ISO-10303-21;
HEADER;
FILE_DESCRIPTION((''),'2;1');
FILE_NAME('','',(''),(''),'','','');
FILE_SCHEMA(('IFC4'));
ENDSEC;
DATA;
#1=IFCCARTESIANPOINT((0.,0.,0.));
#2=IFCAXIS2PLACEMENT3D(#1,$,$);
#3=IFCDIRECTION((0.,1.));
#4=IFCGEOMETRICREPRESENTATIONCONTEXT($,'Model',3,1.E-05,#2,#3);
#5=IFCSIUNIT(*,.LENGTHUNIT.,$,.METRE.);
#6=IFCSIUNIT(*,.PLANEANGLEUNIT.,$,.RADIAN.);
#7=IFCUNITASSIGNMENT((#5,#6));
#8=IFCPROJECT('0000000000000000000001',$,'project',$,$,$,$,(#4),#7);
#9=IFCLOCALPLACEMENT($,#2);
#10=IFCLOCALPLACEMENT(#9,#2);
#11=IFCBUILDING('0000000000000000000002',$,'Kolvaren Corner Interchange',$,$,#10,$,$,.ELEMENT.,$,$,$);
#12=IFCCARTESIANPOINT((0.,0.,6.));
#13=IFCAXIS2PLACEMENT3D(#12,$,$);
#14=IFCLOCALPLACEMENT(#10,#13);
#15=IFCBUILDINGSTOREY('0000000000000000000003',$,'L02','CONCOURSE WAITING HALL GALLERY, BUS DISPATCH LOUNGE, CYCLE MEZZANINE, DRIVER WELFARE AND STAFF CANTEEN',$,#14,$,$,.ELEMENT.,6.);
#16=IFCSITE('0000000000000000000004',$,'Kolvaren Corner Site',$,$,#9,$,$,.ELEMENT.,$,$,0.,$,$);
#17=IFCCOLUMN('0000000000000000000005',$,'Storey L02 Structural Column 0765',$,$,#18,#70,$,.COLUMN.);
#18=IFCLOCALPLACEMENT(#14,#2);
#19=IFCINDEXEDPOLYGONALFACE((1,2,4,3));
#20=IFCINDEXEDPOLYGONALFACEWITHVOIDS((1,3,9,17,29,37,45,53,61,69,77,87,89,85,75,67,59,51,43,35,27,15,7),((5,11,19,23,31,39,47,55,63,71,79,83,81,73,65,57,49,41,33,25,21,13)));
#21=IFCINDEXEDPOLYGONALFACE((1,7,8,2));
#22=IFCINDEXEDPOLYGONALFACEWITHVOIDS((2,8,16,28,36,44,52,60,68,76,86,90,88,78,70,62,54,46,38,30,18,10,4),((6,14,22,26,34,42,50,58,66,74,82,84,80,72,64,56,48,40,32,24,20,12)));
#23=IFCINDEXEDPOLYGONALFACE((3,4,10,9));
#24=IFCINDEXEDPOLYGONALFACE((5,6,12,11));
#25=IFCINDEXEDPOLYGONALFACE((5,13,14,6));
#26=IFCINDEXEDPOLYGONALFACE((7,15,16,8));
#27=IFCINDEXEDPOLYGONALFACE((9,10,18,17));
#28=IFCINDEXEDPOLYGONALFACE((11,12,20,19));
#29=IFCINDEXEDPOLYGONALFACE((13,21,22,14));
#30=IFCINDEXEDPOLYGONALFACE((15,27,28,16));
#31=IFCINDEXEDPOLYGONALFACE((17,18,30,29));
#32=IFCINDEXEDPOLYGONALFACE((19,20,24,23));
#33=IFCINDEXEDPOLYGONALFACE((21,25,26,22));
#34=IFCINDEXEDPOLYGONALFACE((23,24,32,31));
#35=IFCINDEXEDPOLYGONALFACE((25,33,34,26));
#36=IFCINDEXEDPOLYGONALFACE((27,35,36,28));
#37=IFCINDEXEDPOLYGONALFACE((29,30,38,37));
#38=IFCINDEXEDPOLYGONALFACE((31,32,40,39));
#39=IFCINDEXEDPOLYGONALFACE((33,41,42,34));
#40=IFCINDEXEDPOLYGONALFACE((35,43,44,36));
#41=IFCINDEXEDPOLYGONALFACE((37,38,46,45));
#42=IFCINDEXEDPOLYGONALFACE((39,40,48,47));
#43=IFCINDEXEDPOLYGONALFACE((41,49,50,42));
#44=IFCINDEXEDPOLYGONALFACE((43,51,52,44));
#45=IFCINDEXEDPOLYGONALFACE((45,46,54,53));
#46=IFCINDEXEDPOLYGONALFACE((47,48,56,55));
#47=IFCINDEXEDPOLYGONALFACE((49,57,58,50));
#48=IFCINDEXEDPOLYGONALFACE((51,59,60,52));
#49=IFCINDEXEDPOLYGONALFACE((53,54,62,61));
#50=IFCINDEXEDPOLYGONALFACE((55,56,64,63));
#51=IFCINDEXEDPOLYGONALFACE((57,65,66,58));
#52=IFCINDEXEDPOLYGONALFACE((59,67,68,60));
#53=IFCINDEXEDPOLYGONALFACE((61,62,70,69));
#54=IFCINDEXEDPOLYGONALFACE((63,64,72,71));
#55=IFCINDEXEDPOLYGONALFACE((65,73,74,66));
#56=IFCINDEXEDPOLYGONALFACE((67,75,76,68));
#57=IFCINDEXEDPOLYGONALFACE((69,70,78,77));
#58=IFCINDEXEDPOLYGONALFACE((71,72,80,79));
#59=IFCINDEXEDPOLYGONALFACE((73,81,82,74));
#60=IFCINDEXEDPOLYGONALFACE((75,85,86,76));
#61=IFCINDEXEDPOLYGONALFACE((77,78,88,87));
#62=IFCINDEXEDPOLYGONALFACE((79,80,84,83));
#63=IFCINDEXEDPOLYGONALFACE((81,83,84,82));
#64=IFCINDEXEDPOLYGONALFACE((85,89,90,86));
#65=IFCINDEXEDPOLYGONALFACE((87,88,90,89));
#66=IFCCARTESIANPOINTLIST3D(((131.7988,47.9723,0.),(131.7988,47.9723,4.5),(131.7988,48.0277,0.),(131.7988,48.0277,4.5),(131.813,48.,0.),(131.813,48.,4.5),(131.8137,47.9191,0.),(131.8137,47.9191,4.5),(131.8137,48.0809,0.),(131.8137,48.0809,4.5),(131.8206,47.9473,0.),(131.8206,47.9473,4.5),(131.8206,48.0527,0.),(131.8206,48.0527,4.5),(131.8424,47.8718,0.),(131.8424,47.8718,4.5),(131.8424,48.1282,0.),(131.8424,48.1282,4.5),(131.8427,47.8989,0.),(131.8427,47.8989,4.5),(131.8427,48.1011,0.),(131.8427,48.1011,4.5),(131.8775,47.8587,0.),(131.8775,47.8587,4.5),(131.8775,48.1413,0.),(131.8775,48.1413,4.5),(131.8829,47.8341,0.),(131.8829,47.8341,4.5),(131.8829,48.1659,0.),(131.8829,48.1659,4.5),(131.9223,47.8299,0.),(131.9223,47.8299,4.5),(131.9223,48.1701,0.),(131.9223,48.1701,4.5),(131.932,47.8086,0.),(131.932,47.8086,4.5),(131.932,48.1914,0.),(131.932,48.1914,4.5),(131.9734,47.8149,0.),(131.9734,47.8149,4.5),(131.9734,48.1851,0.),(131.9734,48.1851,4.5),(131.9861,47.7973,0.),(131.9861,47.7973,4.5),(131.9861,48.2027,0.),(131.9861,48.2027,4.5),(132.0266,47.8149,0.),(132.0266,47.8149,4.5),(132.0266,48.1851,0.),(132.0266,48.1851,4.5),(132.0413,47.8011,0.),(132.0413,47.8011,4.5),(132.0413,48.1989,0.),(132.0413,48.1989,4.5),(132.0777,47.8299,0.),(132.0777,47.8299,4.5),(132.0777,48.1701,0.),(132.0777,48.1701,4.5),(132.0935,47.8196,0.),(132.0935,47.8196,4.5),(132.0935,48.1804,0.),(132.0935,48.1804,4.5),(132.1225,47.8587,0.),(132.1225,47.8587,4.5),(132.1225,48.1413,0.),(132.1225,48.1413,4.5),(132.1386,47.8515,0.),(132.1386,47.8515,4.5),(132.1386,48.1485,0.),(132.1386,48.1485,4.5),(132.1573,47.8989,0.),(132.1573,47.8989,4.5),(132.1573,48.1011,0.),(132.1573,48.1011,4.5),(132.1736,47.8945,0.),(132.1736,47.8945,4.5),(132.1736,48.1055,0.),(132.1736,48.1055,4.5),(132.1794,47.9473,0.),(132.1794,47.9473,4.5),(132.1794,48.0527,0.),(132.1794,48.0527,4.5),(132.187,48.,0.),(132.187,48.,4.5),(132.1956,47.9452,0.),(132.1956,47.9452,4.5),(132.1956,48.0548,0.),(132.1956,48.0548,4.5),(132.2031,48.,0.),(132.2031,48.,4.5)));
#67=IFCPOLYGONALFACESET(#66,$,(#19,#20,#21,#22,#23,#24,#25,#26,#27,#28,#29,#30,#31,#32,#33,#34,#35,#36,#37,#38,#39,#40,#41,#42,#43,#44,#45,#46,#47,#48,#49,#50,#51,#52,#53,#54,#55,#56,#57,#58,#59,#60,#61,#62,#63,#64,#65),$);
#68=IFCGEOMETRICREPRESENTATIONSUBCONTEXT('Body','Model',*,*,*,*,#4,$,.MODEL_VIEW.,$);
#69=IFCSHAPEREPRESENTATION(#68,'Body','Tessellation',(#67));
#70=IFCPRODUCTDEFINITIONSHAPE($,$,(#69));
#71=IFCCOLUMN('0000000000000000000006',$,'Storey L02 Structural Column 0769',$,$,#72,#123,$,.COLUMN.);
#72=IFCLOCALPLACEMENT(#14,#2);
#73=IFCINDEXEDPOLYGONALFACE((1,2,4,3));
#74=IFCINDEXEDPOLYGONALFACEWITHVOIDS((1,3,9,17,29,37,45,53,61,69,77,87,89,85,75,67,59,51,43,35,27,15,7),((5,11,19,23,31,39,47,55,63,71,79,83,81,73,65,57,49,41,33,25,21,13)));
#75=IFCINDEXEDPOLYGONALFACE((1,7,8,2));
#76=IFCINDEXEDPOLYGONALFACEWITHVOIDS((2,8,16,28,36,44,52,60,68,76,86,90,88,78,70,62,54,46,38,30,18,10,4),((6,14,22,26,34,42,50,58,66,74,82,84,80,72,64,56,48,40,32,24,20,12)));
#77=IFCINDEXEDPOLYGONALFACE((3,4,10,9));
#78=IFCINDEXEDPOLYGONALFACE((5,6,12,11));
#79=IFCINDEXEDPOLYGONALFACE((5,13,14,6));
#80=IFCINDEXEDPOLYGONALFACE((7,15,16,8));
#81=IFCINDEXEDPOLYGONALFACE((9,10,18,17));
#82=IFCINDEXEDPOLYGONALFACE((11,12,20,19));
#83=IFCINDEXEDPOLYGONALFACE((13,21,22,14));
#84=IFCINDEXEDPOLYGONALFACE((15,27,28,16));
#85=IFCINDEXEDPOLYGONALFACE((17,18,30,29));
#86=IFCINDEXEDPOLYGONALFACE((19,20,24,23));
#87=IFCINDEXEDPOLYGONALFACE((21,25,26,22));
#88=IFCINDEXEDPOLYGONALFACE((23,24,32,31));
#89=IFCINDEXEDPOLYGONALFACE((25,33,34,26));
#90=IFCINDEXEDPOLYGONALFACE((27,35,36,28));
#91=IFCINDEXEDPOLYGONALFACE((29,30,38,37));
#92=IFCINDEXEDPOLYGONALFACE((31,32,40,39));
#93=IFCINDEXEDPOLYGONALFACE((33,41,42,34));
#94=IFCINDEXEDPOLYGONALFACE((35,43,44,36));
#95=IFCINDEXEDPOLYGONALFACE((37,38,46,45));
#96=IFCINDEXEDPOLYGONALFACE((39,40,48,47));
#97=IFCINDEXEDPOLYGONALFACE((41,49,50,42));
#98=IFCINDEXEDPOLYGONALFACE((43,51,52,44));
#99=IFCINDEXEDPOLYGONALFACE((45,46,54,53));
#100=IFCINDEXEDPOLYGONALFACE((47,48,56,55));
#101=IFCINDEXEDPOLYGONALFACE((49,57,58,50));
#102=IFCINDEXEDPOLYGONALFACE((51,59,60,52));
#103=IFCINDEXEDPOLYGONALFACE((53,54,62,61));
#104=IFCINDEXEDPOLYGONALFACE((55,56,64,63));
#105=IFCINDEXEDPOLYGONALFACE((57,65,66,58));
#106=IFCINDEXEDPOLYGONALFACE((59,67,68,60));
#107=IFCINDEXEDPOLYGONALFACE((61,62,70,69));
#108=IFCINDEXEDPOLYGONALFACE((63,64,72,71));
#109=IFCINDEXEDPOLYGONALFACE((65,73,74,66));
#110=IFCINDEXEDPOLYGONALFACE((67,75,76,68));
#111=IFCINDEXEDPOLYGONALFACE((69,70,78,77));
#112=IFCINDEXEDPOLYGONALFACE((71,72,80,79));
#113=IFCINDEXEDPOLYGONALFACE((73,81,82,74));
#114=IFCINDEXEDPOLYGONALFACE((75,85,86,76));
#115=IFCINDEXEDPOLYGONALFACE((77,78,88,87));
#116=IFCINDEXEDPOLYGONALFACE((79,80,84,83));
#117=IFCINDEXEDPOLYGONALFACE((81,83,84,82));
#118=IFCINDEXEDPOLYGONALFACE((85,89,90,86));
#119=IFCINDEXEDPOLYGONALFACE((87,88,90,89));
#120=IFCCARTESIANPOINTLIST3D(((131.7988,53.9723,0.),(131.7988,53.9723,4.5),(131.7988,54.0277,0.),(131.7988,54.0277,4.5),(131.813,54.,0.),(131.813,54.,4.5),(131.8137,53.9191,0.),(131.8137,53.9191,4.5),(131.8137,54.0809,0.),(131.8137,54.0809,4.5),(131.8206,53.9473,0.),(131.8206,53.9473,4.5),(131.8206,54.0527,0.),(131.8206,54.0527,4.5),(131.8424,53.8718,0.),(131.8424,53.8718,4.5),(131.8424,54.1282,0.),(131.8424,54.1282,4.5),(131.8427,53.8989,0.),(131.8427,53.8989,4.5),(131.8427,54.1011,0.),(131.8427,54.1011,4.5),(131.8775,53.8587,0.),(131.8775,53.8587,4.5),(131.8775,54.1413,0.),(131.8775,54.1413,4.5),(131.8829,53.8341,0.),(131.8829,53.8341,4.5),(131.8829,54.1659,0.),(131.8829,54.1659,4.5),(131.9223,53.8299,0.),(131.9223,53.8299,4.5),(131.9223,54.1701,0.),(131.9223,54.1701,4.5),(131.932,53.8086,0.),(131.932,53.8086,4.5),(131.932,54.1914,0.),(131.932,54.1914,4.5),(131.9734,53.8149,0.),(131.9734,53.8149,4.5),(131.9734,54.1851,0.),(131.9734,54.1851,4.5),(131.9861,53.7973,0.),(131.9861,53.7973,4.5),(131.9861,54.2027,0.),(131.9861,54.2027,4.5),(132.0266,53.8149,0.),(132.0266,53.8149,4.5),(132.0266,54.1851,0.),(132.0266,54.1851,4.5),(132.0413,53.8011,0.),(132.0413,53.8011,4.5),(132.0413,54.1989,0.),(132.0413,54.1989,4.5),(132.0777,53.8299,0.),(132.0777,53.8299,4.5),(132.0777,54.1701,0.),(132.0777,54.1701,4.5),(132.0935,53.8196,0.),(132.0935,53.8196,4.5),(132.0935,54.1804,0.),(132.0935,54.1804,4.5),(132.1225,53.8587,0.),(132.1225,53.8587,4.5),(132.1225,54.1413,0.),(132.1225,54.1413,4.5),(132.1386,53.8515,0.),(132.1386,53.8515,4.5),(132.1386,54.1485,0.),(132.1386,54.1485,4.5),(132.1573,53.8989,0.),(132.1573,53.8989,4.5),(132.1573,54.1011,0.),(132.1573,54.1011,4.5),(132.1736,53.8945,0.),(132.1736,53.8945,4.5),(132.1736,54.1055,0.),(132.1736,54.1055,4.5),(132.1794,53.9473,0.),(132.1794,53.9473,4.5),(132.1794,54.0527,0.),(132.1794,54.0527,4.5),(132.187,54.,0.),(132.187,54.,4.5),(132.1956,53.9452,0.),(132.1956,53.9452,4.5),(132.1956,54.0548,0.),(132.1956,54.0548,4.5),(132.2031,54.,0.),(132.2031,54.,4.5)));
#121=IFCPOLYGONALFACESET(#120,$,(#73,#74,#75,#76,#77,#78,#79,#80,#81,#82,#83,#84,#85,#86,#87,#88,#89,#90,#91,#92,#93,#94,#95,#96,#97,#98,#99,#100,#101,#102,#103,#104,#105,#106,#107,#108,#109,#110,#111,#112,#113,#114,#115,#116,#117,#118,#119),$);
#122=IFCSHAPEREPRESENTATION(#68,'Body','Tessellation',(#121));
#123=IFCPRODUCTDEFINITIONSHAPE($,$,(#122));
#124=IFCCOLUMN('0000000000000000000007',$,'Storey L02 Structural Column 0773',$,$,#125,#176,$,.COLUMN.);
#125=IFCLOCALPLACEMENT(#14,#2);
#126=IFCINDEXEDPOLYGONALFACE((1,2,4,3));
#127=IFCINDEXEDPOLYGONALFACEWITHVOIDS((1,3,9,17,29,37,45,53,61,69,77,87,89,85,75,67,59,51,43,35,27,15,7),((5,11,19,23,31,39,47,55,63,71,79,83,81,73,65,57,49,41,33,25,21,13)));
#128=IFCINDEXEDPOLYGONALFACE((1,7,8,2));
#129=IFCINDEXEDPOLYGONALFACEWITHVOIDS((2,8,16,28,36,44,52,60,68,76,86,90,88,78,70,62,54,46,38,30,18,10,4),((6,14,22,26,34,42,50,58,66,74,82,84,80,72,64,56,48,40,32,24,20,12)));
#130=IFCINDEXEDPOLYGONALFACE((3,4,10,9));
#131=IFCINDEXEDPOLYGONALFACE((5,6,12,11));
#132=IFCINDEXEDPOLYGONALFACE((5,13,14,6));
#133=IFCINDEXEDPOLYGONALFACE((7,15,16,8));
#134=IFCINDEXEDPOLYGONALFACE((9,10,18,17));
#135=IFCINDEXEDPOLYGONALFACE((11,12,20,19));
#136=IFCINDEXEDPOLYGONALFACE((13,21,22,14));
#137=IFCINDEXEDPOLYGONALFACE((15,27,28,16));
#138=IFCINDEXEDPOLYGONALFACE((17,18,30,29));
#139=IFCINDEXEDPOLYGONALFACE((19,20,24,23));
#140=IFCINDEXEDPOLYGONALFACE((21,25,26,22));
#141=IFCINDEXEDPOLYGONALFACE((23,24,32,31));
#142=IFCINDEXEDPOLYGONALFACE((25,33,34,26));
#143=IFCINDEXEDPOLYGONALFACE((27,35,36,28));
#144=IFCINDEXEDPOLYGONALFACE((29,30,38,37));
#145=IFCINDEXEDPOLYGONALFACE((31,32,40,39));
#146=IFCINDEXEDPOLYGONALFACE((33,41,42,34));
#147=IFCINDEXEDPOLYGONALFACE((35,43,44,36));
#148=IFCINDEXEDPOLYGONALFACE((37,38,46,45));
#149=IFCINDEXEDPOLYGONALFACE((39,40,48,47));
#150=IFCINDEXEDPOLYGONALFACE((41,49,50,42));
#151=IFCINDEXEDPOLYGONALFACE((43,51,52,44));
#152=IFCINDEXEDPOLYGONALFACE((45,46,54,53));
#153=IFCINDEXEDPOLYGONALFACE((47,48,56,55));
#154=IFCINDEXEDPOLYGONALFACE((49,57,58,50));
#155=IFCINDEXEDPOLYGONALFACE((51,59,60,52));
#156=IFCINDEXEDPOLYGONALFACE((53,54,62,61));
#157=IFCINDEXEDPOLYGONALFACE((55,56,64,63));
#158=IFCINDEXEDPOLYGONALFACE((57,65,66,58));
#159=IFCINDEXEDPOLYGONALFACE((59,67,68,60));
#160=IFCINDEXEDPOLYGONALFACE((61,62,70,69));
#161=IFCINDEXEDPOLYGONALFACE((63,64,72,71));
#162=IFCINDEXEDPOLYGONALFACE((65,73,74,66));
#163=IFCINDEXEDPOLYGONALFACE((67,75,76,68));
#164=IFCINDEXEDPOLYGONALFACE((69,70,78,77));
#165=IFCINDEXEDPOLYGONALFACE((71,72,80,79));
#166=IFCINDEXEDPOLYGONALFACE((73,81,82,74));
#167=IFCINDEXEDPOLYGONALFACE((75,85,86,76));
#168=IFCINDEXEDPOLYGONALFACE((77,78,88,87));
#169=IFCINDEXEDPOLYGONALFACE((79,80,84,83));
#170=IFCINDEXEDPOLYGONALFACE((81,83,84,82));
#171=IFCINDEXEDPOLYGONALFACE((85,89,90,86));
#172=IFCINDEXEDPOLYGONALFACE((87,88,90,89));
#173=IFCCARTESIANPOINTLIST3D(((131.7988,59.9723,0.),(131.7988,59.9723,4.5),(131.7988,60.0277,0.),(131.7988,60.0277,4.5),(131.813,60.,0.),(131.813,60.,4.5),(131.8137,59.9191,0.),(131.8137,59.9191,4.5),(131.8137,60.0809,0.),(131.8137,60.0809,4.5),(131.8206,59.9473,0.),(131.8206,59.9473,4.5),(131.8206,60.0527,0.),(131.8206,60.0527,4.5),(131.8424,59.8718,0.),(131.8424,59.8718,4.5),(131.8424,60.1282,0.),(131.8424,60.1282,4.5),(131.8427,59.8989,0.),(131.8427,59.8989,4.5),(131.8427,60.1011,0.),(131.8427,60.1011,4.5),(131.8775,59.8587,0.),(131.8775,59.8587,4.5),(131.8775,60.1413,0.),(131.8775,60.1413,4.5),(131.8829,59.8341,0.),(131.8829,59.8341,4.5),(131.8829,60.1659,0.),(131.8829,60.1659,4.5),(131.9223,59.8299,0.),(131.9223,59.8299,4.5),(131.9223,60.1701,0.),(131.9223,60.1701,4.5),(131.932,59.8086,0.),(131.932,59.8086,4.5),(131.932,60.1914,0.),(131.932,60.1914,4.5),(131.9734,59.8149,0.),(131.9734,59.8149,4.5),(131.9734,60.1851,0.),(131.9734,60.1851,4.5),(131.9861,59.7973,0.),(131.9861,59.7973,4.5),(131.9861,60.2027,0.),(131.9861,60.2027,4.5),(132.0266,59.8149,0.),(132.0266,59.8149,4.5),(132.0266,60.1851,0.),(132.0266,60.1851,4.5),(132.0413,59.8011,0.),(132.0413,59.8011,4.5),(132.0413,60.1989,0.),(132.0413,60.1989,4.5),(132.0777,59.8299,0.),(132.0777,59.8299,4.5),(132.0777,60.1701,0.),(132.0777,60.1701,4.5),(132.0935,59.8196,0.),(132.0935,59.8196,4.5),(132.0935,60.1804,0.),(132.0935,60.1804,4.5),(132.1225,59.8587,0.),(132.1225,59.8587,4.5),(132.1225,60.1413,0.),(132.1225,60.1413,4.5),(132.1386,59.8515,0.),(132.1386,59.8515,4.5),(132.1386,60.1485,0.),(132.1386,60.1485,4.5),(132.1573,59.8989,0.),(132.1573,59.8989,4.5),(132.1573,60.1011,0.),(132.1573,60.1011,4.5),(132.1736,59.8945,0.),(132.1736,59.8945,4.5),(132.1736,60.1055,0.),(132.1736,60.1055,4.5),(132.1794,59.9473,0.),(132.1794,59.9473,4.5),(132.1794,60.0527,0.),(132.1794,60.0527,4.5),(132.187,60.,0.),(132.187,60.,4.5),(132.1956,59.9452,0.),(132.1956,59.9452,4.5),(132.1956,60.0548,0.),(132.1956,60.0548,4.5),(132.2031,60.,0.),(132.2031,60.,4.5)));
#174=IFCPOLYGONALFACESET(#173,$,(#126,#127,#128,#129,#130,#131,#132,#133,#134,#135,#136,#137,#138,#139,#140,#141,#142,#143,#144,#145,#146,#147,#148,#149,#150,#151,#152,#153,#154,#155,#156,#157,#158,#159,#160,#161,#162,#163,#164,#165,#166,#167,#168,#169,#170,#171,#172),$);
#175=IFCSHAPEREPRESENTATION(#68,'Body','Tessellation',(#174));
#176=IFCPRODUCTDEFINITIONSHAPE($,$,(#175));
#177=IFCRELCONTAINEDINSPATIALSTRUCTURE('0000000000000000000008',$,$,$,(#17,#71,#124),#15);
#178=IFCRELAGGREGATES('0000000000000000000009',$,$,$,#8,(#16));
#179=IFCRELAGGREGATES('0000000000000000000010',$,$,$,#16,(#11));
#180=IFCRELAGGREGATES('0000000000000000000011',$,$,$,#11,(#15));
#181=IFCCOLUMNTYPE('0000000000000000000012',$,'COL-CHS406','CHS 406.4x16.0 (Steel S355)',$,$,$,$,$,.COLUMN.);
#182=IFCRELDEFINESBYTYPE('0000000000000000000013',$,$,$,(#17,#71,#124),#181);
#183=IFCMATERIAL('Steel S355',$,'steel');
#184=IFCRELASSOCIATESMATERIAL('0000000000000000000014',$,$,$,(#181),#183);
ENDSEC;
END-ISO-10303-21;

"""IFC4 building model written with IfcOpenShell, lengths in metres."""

from ifc_helpers import new_model, si_unit, direction, frame, origin, origin_2d, place, context, subcontext, project, spatial, hollow_circle, extrude, material, material_profile, profile_set, type_object, element, save


model = new_model("IFC4")

# Units and contexts
model_context = context("Model", 3, precision=1e-05, world=origin(), true_north=direction((0.0, 1.0)))
body_context = subcontext(model_context, "Body", "Model", "MODEL_VIEW")
ifc_project = project(units=[si_unit("LENGTHUNIT", "METRE"), si_unit("PLANEANGLEUNIT", "RADIAN")], contexts=[model_context])

# Site, building, storey
site_placement = place(None, origin())
site = spatial("IfcSite", under=ifc_project, at=site_placement, Name="Kolvaren Corner Site", CompositionType="ELEMENT", RefElevation=0.0)
building_placement = place(site_placement, origin())
building = spatial("IfcBuilding", under=site, at=building_placement, Name="Kolvaren Corner Interchange", CompositionType="ELEMENT")
storey_placement = place(building_placement, frame((0.0, 0.0, 6.0)))
storey = spatial("IfcBuildingStorey", under=building, at=storey_placement, Name="L02", Description="CONCOURSE WAITING HALL GALLERY, BUS DISPATCH LOUNGE, CYCLE MEZZANINE, DRIVER WELFARE AND STAFF CANTEEN", CompositionType="ELEMENT", Elevation=6.0)

# Columns
ifc_material_1 = material(Name="Steel S355", Category="steel")
ifc_material_profile_1 = material_profile(ifc_material_1, hollow_circle(Radius=0.2031, WallThickness=0.0161, at=origin_2d()), Name="CHS 406.4x16.0")
ifc_profile_set_1 = profile_set([ifc_material_profile_1], Name="Steel S355")
column_type_1 = type_object("IfcColumnType", Name="COL-CHS406", Description="CHS 406.4x16.0 (Steel S355)", PredefinedType="COLUMN", material=ifc_profile_set_1)
for number, where, z_axis, x_axis, name in (
    (1, (132.0, 48.0, 0.0), (0.0, 0.0, 1.0), (1.0, 0.0, 0.0), "Storey L02 Structural Column 0765"),
    (2, (132.0, 54.0, 0.0), (0.0, 0.0, 1.0), (1.0, 0.0, 0.0), "Storey L02 Structural Column 0769"),
    (3, (132.0, 60.0, 0.0), (0.0, 0.0, 1.0), (1.0, 0.0, 0.0), "Storey L02 Structural Column 0773"),
):
    element("IfcColumn", number, at=place(storey_placement, frame(where, z_axis=z_axis, x_axis=x_axis)), inside=storey, type_object=column_type_1, Name=name, PredefinedType="COLUMN", context=body_context, shape_type="SweptSolid", body=[
        extrude(hollow_circle(Radius=0.2031, WallThickness=0.0161, at=origin_2d()), origin(), (0.0, 0.0, 1.0), 4.5),
    ])

save(model, "model.ifc")
